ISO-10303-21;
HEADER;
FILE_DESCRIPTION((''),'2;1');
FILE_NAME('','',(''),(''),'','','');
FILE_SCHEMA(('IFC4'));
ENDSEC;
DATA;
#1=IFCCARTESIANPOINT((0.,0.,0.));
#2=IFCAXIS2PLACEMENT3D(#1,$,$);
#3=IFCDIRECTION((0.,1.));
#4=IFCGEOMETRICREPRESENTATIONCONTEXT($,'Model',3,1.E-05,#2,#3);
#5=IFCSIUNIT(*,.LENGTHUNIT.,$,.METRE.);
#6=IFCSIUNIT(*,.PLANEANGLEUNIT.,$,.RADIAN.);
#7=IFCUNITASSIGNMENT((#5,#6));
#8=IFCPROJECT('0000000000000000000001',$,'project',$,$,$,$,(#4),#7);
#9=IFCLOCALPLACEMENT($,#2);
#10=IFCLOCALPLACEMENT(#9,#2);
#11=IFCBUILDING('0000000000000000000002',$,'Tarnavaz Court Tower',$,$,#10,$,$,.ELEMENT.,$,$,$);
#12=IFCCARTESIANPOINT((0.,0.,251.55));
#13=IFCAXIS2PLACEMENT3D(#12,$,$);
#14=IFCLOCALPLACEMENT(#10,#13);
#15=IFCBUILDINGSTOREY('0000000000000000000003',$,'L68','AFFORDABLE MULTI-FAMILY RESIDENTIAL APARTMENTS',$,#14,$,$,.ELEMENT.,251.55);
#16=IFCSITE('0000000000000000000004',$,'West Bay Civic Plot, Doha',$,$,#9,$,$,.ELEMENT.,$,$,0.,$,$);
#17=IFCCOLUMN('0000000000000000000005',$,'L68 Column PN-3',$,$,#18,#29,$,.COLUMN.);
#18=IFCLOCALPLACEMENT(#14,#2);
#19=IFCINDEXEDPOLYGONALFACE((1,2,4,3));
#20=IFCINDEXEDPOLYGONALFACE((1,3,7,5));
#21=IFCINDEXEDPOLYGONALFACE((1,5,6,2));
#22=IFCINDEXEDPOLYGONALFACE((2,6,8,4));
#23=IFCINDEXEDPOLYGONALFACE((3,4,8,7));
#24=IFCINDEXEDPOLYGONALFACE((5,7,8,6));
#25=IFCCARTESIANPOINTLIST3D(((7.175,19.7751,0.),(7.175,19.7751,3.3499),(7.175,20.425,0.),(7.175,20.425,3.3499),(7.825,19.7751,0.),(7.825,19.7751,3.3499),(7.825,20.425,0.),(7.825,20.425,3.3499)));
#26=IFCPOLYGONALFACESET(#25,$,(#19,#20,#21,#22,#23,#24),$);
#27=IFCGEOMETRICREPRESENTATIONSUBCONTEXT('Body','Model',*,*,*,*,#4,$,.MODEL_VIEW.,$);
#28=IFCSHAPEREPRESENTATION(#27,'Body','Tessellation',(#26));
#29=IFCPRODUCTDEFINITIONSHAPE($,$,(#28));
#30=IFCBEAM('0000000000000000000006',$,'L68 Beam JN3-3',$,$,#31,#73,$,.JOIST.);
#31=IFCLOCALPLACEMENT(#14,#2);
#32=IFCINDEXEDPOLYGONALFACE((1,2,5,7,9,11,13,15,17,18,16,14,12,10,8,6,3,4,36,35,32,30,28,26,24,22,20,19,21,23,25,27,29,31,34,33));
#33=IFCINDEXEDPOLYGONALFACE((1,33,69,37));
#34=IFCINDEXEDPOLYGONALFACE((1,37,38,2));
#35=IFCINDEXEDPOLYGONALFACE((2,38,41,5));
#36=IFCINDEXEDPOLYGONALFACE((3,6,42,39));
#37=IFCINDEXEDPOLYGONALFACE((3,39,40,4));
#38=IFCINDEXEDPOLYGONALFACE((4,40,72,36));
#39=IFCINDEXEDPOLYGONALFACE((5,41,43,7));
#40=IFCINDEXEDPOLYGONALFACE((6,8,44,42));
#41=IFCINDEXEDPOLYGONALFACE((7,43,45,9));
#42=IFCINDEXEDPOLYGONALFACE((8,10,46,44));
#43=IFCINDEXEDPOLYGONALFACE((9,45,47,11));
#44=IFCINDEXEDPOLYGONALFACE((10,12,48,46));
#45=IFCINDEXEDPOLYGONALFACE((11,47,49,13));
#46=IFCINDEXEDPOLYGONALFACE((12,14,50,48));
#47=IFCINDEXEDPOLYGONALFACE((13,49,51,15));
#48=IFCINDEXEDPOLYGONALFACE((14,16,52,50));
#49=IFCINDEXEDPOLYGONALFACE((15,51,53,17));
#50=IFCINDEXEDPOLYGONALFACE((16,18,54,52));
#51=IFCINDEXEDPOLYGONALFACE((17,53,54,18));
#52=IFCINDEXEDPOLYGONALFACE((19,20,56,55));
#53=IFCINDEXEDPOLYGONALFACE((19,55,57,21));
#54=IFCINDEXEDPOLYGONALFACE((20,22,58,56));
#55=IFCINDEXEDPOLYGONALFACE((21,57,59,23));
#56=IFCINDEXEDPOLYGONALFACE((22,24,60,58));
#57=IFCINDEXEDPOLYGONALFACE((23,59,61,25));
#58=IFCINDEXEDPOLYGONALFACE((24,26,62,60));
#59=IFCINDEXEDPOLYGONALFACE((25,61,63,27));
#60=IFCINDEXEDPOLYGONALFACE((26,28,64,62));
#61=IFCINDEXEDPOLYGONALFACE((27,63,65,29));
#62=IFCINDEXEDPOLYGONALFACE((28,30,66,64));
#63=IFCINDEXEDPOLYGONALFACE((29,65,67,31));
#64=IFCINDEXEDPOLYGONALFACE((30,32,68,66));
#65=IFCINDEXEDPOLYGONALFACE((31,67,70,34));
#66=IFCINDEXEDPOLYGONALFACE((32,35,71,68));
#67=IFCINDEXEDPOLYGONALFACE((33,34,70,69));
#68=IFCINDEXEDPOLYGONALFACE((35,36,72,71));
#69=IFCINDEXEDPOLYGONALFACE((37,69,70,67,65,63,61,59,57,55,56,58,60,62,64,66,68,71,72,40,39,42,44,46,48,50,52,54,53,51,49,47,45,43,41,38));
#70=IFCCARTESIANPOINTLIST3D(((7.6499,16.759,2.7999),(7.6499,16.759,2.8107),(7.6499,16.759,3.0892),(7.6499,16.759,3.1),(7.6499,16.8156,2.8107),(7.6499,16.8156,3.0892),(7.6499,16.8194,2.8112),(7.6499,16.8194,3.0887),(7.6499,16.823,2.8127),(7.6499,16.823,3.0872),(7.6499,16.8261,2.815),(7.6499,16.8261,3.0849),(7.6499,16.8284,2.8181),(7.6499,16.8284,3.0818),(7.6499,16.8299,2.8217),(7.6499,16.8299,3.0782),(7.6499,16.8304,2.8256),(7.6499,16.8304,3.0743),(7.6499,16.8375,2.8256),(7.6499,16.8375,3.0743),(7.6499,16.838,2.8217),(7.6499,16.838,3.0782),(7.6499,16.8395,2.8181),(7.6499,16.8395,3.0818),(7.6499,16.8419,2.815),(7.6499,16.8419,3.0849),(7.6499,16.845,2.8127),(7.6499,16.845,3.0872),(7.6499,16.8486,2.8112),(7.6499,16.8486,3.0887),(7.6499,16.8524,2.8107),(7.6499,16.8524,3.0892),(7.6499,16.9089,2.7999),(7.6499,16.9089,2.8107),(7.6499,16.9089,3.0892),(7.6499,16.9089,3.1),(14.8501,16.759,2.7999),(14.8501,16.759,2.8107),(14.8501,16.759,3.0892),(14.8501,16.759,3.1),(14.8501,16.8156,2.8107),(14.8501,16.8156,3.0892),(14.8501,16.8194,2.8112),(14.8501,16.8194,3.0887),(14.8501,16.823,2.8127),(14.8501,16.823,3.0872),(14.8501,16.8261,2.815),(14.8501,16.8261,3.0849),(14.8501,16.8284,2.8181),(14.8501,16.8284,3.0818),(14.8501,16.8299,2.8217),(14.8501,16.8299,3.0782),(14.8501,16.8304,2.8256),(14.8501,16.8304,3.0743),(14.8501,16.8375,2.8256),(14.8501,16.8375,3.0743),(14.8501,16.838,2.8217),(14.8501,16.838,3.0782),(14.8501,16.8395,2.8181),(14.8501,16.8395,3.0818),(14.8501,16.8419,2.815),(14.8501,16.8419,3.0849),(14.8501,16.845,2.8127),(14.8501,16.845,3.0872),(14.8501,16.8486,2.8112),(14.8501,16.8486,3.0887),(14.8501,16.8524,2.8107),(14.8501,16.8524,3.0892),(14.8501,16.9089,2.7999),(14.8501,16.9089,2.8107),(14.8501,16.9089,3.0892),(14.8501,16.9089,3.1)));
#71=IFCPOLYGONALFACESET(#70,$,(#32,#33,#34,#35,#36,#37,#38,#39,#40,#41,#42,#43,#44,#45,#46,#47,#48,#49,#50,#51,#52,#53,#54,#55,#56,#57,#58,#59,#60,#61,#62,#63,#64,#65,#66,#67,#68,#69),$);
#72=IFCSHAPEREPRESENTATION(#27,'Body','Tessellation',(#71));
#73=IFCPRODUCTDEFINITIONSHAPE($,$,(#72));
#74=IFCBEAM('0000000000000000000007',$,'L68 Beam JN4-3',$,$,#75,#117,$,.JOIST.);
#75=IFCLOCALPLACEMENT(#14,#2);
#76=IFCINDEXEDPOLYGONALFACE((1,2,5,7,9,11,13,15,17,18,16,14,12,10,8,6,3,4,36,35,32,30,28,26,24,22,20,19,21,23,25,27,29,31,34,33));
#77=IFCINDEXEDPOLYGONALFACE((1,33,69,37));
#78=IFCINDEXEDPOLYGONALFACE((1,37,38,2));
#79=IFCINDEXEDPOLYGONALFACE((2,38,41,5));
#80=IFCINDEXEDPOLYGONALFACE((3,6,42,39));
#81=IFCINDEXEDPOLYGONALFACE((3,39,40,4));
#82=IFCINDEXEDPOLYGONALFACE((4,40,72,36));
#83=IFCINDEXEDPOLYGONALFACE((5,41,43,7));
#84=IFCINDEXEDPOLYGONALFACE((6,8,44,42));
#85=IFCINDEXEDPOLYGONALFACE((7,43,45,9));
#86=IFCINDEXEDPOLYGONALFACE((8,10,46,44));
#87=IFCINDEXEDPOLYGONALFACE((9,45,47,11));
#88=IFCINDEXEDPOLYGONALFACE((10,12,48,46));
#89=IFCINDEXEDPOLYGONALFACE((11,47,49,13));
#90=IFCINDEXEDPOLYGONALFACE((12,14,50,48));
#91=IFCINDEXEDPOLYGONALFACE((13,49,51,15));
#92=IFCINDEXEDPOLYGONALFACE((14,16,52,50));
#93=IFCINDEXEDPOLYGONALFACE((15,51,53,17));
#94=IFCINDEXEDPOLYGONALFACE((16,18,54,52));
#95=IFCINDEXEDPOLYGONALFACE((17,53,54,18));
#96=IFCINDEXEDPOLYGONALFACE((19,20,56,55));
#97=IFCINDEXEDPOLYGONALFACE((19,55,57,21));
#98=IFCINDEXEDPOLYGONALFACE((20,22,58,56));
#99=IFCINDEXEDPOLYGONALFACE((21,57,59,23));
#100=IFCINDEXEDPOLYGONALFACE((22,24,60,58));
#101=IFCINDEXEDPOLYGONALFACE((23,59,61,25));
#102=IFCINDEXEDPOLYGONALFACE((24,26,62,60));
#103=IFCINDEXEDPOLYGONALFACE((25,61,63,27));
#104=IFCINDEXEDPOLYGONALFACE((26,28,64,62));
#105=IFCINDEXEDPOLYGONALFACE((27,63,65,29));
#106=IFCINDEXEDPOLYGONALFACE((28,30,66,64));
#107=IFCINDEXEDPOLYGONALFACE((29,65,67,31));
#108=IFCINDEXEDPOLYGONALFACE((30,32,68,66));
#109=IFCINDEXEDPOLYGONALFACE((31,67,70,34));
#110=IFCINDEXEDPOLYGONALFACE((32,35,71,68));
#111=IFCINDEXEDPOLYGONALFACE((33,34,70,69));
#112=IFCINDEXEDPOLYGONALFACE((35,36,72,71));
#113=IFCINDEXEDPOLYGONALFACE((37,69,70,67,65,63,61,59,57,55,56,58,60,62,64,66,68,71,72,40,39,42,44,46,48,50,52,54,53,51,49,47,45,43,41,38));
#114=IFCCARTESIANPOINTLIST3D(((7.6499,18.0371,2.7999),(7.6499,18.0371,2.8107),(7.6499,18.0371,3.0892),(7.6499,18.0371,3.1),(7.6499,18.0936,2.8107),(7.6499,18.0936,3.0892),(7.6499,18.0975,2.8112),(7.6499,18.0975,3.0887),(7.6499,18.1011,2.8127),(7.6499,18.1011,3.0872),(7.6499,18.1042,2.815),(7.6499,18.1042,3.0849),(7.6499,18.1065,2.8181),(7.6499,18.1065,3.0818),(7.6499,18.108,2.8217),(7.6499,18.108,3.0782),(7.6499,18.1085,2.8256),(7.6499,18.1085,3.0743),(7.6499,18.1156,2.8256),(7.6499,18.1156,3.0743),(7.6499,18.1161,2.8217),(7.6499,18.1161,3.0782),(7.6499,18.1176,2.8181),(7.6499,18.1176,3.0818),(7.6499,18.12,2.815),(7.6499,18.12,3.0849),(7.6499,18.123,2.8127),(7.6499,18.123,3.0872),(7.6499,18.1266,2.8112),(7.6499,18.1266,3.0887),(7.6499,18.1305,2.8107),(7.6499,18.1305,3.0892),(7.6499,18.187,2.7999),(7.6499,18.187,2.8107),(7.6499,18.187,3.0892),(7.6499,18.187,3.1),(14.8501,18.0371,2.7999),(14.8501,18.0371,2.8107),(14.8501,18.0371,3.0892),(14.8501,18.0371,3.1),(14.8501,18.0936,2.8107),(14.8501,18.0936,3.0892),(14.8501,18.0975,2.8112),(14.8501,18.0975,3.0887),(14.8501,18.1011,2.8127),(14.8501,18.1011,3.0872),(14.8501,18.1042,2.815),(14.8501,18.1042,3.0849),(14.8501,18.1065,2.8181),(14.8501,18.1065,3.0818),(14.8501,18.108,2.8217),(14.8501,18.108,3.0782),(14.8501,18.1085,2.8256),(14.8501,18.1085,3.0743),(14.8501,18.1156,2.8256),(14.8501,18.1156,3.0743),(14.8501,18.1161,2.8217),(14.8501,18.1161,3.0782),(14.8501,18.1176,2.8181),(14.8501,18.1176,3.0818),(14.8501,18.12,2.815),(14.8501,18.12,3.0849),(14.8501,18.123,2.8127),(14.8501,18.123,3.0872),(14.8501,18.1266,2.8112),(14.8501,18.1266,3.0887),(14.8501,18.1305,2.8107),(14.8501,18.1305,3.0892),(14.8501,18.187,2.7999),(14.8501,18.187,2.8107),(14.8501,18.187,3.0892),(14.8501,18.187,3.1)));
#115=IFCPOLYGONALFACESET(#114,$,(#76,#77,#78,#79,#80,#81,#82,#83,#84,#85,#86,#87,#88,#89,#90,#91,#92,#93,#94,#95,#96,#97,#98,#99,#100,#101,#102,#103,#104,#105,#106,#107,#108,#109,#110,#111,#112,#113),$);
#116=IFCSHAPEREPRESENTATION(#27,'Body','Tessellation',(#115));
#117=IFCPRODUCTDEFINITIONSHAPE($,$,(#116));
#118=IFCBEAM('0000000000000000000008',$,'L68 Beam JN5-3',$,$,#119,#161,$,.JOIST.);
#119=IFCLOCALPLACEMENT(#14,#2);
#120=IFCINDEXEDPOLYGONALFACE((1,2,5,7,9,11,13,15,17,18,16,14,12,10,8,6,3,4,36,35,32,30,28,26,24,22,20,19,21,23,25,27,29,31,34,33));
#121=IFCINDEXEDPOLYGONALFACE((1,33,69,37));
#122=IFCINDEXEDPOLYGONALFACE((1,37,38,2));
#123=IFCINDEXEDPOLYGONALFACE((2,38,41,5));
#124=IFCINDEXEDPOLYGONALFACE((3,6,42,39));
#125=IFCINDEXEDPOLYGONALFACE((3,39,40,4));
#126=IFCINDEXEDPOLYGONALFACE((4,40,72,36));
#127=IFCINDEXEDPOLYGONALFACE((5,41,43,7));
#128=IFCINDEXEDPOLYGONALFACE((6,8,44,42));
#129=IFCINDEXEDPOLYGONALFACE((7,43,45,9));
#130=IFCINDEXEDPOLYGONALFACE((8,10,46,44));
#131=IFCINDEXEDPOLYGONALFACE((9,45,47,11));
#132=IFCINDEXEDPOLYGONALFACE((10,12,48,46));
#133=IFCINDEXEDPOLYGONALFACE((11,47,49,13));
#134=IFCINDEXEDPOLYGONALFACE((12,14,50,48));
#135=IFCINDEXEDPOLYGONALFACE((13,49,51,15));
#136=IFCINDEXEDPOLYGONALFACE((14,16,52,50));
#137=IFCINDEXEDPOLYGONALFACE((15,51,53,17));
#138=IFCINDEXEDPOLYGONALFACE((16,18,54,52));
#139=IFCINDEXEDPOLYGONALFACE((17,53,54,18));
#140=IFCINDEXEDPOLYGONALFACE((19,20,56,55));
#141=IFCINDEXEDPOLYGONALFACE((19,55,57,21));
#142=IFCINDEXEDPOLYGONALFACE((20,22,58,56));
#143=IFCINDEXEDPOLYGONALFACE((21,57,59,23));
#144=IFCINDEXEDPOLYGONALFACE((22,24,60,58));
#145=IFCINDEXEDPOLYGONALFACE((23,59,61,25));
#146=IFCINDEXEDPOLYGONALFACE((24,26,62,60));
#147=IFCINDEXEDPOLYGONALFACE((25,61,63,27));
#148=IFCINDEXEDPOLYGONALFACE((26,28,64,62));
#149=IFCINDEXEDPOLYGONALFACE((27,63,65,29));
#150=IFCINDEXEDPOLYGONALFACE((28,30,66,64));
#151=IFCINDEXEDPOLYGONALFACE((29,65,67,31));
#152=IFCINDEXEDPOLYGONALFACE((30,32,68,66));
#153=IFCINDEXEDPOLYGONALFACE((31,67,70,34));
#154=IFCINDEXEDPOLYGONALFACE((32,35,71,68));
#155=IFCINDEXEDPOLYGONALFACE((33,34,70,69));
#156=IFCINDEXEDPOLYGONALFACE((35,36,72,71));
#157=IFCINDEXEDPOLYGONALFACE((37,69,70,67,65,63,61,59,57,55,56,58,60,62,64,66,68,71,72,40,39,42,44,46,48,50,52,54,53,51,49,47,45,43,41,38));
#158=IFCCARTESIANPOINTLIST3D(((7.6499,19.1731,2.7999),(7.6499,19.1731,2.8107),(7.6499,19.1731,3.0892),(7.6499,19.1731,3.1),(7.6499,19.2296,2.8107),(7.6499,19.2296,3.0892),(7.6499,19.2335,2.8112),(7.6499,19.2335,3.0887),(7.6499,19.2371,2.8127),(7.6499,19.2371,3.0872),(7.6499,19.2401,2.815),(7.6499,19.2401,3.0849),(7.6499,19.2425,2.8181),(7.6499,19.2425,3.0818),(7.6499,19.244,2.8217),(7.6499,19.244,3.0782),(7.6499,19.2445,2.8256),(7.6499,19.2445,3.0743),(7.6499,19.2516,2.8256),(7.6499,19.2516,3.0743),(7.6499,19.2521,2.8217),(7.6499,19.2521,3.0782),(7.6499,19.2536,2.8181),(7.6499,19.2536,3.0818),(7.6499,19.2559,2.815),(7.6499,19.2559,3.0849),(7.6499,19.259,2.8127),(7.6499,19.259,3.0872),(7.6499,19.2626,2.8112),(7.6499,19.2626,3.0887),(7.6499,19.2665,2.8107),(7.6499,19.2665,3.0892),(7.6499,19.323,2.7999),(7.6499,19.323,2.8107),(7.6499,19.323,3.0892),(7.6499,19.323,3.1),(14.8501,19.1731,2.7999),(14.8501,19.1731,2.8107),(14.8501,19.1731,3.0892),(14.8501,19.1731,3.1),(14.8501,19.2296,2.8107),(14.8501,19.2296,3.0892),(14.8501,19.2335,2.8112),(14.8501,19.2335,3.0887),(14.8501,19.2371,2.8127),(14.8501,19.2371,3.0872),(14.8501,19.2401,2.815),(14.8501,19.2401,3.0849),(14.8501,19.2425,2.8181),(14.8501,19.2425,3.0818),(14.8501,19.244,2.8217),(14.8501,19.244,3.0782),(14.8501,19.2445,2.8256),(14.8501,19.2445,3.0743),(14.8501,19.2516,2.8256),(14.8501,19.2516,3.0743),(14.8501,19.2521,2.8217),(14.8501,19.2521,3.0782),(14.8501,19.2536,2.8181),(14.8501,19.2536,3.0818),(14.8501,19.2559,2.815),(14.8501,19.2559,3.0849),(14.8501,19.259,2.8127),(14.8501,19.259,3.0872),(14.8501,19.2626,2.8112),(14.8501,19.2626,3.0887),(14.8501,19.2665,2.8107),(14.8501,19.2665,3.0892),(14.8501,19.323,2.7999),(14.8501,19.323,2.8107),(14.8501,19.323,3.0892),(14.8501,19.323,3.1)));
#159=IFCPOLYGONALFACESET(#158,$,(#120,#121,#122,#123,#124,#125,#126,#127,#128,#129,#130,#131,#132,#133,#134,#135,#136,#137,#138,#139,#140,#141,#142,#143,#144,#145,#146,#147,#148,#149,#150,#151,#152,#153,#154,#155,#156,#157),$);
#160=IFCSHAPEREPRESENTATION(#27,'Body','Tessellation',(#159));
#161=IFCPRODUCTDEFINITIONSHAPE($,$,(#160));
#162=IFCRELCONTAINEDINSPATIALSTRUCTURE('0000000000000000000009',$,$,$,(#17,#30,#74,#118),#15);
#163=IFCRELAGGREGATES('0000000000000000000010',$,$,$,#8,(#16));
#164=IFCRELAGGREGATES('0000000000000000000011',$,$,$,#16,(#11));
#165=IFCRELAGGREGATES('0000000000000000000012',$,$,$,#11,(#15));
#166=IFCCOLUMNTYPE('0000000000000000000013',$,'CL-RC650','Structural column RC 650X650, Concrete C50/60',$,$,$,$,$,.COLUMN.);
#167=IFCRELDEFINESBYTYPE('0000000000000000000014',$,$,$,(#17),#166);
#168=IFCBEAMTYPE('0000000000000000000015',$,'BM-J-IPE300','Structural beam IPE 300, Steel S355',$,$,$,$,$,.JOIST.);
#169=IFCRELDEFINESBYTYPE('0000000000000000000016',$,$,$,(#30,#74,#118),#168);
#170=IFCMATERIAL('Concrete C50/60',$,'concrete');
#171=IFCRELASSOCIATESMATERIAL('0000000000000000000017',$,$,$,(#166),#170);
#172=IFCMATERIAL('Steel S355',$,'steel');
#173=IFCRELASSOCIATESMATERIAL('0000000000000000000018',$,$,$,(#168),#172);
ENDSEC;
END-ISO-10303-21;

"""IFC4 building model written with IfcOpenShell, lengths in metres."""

from ifc_helpers import new_model, si_unit, direction, frame, origin, origin_2d, place, context, subcontext, project, spatial, rectangle, i_section, extrude, material, material_profile, profile_set, type_object, element, save


model = new_model("IFC4")

# Units and contexts
model_context = context("Model", 3, precision=1e-05, world=origin(), true_north=direction((0.0, 1.0)))
body_context = subcontext(model_context, "Body", "Model", "MODEL_VIEW")
ifc_project = project(units=[si_unit("LENGTHUNIT", "METRE"), si_unit("PLANEANGLEUNIT", "RADIAN")], contexts=[model_context])

# Site, building, storey
site_placement = place(None, origin())
site = spatial("IfcSite", under=ifc_project, at=site_placement, Name="West Bay Civic Plot, Doha", CompositionType="ELEMENT", RefElevation=0.0)
building_placement = place(site_placement, origin())
building = spatial("IfcBuilding", under=site, at=building_placement, Name="Tarnavaz Court Tower", CompositionType="ELEMENT")
storey_placement = place(building_placement, frame((0.0, 0.0, 251.55)))
storey = spatial("IfcBuildingStorey", under=building, at=storey_placement, Name="L68", Description="AFFORDABLE MULTI-FAMILY RESIDENTIAL APARTMENTS", CompositionType="ELEMENT", Elevation=251.55)

# Column
ifc_material_1 = material(Name="Concrete C50/60", Category="concrete")
ifc_material_profile_1 = material_profile(ifc_material_1, rectangle(XDim=0.6499, YDim=0.6499, at=origin_2d()), Name="RC 650X650")
ifc_profile_set_1 = profile_set([ifc_material_profile_1], Name="Concrete C50/60")
column_type = type_object("IfcColumnType", Name="CL-RC650", Description="Structural column RC 650X650, Concrete C50/60", PredefinedType="COLUMN", material=ifc_profile_set_1)
column_placement = place(storey_placement, frame((7.5, 20.1001, 0.0), z_axis=(0.0, 0.0, 1.0), x_axis=(1.0, 0.0, 0.0)))
element("IfcColumn", 1, at=column_placement, inside=storey, type_object=column_type, Name="L68 Column PN-3", PredefinedType="COLUMN", context=body_context, shape_type="SweptSolid", body=[
    extrude(rectangle(XDim=0.6499, YDim=0.6499, at=origin_2d()), origin(), (0.0, 0.0, 1.0), 3.3499),
])

# Beams
ifc_material_2 = material(Name="Steel S355", Category="steel")
ifc_material_profile_2 = material_profile(ifc_material_2, i_section(OverallWidth=0.1499, OverallDepth=0.3, WebThickness=0.0071, FlangeThickness=0.0107, FilletRadius=0.0149, at=origin_2d()), Name="IPE 300")
ifc_profile_set_2 = profile_set([ifc_material_profile_2], Name="Steel S355")
beam_type_1 = type_object("IfcBeamType", Name="BM-J-IPE300", Description="Structural beam IPE 300, Steel S355", PredefinedType="JOIST", material=ifc_profile_set_2)
for number, where, z_axis, x_axis, name in (
    (2, (7.6499, 16.834, 2.95), (1.0, 0.0, 0.0), (0.0, 1.0, 0.0), "L68 Beam JN3-3"),
    (3, (7.6499, 18.1121, 2.95), (1.0, 0.0, 0.0), (0.0, 1.0, 0.0), "L68 Beam JN4-3"),
    (4, (7.6499, 19.248, 2.95), (1.0, 0.0, 0.0), (0.0, 1.0, 0.0), "L68 Beam JN5-3"),
):
    element("IfcBeam", number, at=place(storey_placement, frame(where, z_axis=z_axis, x_axis=x_axis)), inside=storey, type_object=beam_type_1, Name=name, PredefinedType="JOIST", context=body_context, shape_type="SweptSolid", body=[
        extrude(i_section(OverallWidth=0.1499, OverallDepth=0.3, WebThickness=0.0071, FlangeThickness=0.0107, FilletRadius=0.0149, at=origin_2d()), origin(), (0.0, 0.0, 1.0), 7.2002),
    ])

save(model, "model.ifc")
